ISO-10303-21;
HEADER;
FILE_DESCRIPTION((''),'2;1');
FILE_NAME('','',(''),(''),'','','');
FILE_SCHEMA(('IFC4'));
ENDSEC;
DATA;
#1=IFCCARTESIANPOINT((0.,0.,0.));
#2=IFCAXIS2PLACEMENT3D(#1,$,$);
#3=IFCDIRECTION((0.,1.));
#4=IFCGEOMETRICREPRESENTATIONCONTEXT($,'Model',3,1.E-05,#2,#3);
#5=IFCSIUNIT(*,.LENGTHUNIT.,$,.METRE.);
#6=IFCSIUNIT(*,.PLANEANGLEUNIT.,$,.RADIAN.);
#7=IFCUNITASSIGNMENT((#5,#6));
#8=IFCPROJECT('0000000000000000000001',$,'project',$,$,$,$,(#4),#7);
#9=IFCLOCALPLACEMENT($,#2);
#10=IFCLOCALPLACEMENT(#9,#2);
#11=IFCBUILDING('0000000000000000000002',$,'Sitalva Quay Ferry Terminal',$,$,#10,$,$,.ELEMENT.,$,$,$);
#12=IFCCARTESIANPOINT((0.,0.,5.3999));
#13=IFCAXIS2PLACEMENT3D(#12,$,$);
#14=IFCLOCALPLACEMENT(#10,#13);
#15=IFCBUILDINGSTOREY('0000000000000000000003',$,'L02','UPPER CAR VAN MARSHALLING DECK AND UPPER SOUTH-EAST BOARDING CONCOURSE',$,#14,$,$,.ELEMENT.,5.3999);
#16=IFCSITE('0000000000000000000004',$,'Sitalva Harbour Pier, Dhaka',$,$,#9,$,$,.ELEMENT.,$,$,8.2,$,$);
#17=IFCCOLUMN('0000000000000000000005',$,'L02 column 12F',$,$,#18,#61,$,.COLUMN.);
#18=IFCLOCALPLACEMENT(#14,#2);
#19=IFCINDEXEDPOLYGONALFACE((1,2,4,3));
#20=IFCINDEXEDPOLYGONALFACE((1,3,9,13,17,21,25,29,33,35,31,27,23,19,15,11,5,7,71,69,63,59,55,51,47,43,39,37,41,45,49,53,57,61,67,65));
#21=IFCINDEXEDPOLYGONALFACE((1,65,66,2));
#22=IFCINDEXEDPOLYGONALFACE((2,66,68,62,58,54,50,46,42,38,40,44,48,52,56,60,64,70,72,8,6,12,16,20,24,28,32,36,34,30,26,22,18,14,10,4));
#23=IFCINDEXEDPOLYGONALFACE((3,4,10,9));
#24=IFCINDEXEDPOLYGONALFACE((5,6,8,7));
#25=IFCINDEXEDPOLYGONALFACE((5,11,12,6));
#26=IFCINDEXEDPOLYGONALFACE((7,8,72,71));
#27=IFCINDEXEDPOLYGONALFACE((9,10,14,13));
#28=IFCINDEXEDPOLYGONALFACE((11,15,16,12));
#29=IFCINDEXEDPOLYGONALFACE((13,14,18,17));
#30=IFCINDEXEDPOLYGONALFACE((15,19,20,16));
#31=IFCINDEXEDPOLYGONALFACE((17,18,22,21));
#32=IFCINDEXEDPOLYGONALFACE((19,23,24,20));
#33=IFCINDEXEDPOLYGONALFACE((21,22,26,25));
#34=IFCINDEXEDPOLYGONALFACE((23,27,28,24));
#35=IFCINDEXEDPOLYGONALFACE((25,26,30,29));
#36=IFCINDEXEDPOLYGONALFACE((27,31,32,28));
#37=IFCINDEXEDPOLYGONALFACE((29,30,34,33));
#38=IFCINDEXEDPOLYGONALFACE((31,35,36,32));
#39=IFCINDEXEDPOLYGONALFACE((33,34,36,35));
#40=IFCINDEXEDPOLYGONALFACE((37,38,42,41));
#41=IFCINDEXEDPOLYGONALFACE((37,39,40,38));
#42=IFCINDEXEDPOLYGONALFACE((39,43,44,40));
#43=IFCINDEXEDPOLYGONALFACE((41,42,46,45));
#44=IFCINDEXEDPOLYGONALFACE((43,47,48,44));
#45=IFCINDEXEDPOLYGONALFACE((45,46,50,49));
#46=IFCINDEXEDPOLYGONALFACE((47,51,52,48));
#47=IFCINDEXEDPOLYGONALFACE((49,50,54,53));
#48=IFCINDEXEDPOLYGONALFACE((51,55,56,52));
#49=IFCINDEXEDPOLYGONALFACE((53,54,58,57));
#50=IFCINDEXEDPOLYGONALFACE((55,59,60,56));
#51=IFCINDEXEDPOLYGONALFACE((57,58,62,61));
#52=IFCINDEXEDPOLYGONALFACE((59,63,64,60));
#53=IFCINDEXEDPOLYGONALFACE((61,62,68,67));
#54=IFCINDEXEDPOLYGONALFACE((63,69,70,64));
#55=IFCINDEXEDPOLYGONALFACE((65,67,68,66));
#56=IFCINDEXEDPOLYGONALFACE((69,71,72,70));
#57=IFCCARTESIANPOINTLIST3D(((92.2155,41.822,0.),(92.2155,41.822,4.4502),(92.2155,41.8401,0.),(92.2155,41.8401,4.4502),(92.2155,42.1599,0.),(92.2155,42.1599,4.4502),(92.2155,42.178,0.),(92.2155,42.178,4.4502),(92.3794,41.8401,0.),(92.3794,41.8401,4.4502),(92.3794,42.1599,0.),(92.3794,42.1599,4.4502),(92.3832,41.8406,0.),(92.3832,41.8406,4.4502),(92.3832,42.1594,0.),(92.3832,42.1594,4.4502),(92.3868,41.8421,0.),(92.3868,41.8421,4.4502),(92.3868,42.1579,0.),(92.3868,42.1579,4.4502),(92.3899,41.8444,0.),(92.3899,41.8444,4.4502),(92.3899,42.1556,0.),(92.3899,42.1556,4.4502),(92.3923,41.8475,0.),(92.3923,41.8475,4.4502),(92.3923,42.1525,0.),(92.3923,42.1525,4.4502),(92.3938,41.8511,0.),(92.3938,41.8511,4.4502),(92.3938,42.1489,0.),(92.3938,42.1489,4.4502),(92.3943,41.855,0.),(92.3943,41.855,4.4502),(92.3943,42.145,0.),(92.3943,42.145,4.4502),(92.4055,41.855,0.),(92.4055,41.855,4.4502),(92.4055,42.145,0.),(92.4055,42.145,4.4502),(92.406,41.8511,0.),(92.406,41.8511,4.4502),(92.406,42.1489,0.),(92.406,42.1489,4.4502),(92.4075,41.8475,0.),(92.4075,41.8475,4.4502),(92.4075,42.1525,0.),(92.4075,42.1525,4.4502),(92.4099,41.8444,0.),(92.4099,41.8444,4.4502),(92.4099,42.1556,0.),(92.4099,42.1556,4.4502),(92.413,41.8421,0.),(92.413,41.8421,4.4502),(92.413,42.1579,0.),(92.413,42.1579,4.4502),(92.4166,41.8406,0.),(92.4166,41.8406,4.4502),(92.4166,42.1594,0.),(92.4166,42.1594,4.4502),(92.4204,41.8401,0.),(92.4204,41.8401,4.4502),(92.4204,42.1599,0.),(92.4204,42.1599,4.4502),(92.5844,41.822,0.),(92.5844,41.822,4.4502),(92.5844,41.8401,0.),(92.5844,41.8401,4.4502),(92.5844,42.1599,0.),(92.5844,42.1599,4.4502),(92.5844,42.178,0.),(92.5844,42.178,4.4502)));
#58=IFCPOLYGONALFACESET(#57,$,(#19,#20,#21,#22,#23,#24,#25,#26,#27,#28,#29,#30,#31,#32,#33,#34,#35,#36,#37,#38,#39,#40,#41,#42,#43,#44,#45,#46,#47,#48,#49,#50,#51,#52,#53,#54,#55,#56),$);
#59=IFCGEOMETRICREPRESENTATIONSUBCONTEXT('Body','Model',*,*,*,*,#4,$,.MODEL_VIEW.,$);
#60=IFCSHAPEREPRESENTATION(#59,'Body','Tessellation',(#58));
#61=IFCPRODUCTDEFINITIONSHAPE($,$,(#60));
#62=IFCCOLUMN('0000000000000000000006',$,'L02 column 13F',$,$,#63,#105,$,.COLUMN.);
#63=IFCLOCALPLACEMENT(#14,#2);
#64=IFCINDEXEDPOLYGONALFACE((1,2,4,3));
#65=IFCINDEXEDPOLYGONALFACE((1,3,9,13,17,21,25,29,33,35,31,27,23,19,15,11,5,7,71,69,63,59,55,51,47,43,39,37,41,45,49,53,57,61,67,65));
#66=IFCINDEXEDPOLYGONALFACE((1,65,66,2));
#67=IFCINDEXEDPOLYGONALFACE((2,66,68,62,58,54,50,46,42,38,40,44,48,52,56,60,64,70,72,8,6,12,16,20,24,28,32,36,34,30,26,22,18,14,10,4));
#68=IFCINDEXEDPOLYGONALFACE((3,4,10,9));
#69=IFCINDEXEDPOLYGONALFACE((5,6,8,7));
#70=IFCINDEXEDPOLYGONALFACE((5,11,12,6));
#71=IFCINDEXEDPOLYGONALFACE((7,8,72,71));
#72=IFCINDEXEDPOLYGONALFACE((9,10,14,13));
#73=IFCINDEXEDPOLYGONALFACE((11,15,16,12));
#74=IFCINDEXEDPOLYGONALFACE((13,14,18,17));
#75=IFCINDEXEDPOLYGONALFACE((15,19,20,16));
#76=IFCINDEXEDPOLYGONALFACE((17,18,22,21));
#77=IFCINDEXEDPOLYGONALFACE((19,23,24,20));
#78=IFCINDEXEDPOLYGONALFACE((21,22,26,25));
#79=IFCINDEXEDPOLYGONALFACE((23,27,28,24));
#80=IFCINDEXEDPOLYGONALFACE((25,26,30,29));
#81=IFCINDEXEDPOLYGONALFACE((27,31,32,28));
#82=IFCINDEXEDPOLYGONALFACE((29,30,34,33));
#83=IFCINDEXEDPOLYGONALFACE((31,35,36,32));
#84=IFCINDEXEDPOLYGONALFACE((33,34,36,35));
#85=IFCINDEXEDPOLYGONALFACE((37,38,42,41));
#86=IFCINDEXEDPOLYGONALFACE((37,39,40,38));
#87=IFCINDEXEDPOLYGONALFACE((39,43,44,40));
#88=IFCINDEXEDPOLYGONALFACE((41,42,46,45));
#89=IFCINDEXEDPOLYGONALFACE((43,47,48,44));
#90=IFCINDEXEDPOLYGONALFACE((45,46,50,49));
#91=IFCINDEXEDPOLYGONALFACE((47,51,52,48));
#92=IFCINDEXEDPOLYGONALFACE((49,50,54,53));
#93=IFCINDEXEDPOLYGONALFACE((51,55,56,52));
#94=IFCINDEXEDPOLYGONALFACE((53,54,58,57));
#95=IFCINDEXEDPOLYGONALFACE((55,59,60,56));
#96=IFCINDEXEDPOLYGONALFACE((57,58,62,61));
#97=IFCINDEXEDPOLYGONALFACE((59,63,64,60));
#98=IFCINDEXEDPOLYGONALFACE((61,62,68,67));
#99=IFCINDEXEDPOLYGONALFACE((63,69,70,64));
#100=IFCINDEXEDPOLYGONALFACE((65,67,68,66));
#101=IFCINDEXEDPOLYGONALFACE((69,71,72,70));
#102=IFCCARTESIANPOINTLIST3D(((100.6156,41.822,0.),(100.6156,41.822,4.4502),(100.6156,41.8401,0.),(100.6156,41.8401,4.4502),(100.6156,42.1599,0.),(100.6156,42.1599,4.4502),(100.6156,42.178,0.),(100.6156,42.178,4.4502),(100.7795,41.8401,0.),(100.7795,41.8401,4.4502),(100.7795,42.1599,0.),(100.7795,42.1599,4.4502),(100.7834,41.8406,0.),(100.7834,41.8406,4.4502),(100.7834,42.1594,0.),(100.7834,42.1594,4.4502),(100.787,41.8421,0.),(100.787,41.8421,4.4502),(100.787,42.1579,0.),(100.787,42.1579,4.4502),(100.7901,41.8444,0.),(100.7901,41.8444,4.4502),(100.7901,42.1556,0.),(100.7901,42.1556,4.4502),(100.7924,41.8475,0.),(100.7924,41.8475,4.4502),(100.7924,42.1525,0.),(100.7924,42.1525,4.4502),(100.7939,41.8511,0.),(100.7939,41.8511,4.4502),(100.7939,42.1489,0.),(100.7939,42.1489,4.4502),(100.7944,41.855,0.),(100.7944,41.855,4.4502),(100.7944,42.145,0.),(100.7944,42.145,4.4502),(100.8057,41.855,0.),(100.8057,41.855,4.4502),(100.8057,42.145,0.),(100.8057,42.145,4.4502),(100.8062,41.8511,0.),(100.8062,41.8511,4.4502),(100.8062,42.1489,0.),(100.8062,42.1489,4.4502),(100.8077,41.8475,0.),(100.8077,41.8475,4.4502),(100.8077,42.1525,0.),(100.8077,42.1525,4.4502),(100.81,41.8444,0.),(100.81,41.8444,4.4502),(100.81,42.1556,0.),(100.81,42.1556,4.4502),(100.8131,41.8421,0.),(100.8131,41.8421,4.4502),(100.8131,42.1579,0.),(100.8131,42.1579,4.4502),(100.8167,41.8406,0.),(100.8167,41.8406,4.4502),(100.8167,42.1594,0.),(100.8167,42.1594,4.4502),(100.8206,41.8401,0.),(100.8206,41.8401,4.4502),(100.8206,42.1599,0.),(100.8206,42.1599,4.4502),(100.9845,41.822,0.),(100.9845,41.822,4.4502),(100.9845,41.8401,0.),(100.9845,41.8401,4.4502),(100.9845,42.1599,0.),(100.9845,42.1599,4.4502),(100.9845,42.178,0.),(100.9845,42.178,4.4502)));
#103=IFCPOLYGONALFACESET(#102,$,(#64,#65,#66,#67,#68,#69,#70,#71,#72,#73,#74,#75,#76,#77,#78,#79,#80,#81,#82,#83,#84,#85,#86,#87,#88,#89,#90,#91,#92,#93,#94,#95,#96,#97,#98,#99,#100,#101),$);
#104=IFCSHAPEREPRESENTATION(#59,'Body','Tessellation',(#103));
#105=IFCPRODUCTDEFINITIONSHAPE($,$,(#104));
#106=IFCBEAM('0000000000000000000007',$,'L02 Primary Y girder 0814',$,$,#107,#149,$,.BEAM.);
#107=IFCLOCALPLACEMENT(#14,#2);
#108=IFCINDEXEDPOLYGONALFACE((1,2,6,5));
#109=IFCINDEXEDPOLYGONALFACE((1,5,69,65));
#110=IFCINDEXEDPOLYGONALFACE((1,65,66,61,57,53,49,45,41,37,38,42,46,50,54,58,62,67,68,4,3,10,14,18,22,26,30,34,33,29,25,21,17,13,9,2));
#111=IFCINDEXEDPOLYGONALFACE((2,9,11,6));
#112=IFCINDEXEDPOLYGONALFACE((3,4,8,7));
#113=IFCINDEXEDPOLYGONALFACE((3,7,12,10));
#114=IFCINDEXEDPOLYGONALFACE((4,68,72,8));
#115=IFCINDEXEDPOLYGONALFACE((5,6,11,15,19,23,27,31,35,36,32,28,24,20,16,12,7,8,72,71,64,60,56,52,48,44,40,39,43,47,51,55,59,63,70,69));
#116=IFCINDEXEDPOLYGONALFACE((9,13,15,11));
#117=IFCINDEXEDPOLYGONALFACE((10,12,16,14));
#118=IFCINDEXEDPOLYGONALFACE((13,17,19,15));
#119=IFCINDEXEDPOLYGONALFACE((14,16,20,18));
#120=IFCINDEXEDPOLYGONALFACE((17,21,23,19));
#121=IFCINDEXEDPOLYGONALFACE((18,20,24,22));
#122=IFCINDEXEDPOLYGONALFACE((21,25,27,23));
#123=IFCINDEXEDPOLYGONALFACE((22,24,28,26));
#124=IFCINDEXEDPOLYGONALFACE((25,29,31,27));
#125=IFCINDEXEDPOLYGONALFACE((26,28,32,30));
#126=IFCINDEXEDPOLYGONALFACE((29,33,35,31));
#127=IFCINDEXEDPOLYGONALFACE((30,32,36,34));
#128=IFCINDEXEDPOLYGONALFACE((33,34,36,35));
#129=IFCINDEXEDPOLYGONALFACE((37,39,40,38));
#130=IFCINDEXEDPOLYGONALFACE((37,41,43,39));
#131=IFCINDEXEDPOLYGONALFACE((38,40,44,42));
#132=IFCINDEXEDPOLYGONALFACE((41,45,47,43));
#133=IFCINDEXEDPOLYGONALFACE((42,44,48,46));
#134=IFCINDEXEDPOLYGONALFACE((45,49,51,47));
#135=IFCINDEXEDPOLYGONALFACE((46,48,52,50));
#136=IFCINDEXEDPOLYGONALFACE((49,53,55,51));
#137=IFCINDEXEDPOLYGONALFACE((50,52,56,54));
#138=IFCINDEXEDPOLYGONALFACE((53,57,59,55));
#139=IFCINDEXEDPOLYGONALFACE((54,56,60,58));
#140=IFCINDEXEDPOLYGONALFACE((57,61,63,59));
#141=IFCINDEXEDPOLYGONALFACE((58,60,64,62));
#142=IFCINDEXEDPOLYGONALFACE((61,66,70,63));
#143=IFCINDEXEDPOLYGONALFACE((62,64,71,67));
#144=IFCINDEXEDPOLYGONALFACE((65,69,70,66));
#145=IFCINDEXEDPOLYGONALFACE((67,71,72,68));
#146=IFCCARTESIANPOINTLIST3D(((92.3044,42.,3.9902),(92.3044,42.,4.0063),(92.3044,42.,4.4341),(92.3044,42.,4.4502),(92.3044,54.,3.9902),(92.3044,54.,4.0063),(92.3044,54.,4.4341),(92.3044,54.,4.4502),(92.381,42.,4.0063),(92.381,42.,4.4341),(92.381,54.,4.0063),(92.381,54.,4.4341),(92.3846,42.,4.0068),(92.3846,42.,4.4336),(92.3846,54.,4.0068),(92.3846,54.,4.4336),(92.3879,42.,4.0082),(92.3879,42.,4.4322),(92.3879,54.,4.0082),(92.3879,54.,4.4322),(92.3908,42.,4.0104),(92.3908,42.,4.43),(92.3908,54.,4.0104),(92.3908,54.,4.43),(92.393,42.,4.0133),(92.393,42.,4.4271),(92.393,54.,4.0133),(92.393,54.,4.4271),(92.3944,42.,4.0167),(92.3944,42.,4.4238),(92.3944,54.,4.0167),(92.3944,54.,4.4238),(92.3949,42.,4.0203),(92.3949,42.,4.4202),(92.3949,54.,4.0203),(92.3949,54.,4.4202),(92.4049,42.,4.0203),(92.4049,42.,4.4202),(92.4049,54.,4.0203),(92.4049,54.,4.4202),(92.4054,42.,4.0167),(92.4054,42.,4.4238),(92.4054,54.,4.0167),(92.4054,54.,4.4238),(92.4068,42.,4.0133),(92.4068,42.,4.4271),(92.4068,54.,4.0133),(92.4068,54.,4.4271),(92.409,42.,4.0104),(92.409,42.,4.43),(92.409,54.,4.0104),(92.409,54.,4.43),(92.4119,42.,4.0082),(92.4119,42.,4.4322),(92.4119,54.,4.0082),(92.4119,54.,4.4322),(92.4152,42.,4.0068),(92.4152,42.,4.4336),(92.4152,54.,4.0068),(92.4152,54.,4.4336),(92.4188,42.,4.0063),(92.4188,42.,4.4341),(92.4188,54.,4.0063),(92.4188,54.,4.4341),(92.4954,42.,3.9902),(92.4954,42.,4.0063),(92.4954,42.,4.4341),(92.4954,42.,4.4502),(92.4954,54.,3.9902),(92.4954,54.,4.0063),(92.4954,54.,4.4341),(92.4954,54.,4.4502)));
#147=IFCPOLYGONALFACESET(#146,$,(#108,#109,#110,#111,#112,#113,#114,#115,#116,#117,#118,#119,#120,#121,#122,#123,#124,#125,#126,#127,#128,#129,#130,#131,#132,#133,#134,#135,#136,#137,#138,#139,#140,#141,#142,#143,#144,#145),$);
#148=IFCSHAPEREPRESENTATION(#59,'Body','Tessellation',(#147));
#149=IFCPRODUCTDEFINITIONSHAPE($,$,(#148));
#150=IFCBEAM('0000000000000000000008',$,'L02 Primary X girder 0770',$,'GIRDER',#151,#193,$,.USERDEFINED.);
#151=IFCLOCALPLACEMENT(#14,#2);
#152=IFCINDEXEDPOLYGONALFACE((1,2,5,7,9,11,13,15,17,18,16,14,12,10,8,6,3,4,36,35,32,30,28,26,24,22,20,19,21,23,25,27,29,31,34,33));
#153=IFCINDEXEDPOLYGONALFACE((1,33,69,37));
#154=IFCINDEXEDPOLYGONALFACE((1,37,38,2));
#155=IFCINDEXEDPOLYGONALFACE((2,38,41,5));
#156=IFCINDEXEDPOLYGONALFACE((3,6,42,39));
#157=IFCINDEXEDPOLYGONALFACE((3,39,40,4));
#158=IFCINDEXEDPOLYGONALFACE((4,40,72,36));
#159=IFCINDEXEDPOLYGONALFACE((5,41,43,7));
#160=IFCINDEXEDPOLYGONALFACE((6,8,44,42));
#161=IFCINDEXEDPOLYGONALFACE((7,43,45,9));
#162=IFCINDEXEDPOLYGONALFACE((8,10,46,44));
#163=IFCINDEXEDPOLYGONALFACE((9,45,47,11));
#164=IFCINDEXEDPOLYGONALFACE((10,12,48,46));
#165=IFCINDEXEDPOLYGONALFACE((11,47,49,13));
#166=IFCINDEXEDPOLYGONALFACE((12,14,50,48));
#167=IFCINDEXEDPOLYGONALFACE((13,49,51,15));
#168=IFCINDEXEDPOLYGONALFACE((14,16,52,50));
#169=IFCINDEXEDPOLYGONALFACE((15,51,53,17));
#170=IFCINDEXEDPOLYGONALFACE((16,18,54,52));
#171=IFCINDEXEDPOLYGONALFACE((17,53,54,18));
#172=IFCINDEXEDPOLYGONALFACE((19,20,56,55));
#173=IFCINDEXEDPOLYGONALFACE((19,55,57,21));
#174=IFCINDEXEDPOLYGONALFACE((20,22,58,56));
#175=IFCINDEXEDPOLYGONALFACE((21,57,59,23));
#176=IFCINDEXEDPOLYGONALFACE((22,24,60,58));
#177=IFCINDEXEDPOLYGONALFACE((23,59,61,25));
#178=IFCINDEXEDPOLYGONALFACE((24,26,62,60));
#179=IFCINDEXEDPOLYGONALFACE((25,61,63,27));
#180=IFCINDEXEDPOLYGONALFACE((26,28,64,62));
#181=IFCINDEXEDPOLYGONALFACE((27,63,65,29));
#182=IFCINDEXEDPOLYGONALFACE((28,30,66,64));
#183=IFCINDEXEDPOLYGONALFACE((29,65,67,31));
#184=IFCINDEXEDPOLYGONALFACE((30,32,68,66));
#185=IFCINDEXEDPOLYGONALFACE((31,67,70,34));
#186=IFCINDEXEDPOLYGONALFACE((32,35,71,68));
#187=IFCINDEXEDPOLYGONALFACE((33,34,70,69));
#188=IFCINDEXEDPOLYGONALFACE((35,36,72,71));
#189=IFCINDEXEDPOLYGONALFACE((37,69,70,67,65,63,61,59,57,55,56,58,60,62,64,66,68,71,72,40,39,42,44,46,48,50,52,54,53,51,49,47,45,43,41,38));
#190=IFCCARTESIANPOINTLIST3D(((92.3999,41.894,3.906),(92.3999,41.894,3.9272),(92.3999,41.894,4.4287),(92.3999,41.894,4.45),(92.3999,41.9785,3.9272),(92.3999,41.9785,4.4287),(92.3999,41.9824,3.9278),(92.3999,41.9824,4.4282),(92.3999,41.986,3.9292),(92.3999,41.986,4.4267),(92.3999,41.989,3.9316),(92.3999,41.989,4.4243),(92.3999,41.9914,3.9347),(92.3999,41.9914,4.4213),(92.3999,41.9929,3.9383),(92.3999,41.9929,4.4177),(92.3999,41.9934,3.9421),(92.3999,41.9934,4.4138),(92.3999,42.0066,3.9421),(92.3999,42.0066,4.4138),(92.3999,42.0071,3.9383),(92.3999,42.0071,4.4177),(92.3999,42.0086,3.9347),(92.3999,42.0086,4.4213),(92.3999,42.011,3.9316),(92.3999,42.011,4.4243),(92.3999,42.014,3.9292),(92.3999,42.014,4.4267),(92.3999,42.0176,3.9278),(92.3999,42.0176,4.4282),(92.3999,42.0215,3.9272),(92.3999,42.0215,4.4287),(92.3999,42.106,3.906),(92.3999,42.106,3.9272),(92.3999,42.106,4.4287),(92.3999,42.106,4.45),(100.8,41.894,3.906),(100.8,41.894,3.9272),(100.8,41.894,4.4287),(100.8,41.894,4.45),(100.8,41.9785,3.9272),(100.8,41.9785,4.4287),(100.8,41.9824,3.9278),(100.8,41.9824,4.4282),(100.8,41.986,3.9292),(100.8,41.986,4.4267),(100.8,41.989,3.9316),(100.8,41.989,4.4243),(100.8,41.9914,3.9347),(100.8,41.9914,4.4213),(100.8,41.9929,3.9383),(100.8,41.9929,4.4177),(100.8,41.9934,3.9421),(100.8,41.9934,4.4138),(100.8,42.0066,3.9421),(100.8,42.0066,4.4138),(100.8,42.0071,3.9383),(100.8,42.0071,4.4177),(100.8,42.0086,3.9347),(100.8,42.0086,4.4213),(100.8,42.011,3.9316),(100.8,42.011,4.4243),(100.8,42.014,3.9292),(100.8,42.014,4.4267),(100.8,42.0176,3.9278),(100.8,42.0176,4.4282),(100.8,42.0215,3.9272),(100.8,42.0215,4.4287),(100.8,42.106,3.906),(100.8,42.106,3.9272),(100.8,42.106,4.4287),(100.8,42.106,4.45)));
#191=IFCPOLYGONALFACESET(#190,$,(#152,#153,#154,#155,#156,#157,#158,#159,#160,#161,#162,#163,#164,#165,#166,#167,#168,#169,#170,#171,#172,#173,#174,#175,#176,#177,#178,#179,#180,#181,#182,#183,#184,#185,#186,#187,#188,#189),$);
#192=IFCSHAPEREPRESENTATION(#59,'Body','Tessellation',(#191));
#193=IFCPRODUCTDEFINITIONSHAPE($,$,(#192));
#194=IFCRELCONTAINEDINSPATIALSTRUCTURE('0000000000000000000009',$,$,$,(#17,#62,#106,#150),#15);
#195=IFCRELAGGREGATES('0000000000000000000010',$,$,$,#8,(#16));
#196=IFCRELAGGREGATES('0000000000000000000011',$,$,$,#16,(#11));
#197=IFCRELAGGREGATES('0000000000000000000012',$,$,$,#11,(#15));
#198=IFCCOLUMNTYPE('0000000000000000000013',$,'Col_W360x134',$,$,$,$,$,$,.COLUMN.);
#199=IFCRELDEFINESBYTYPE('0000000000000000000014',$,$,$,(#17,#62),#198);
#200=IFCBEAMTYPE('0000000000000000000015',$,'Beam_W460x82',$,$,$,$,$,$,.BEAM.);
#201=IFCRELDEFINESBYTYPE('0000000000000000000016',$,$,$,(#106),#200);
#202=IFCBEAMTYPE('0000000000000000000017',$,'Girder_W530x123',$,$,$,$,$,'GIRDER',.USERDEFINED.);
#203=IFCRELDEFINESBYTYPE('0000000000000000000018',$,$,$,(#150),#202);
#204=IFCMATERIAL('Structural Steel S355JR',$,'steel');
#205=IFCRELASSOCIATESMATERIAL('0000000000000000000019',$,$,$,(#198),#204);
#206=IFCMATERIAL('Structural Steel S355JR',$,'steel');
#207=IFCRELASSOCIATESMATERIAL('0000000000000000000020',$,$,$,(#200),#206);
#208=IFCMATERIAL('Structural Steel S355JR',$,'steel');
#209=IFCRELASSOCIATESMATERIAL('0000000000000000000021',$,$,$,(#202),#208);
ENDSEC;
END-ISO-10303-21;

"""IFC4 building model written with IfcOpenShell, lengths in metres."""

from ifc_helpers import new_model, si_unit, direction, frame, origin, origin_2d, place, context, subcontext, project, spatial, i_section, extrude, material, material_profile, profile_set, type_object, element, save


model = new_model("IFC4")

# Units and contexts
model_context = context("Model", 3, precision=1e-05, world=origin(), true_north=direction((0.0, 1.0)))
body_context = subcontext(model_context, "Body", "Model", "MODEL_VIEW")
ifc_project = project(units=[si_unit("LENGTHUNIT", "METRE"), si_unit("PLANEANGLEUNIT", "RADIAN")], contexts=[model_context])

# Site, building, storey
site_placement = place(None, origin())
site = spatial("IfcSite", under=ifc_project, at=site_placement, Name="Sitalva Harbour Pier, Dhaka", CompositionType="ELEMENT", RefElevation=8.2)
building_placement = place(site_placement, origin())
building = spatial("IfcBuilding", under=site, at=building_placement, Name="Sitalva Quay Ferry Terminal", CompositionType="ELEMENT")
storey_placement = place(building_placement, frame((0.0, 0.0, 5.3999)))
storey = spatial("IfcBuildingStorey", under=building, at=storey_placement, Name="L02", Description="UPPER CAR VAN MARSHALLING DECK AND UPPER SOUTH-EAST BOARDING CONCOURSE", CompositionType="ELEMENT", Elevation=5.3999)

# Columns
ifc_material_1 = material(Name="Structural Steel S355JR", Category="steel")
ifc_material_profile_1 = material_profile(ifc_material_1, i_section(OverallWidth=0.3689, OverallDepth=0.356, WebThickness=0.0112, FlangeThickness=0.0181, FilletRadius=0.0149, at=origin_2d()), Name="W360x134")
ifc_profile_set_1 = profile_set([ifc_material_profile_1], Name="Structural Steel S355JR")
column_type = type_object("IfcColumnType", Name="Col_W360x134", PredefinedType="COLUMN", material=ifc_profile_set_1)
for number, where, z_axis, x_axis, name in (
    (1, (92.3999, 42.0, 0.0), (0.0, 0.0, 1.0), (1.0, 0.0, 0.0), "L02 column 12F"),
    (2, (100.8, 42.0, 0.0), (0.0, 0.0, 1.0), (1.0, 0.0, 0.0), "L02 column 13F"),
):
    element("IfcColumn", number, at=place(storey_placement, frame(where, z_axis=z_axis, x_axis=x_axis)), inside=storey, type_object=column_type, Name=name, PredefinedType="COLUMN", context=body_context, shape_type="SweptSolid", body=[
        extrude(i_section(OverallWidth=0.3689, OverallDepth=0.356, WebThickness=0.0112, FlangeThickness=0.0181, FilletRadius=0.0149, at=origin_2d()), origin(), (0.0, 0.0, 1.0), 4.4502),
    ])

# Beams
ifc_material_2 = material(Name="Structural Steel S355JR", Category="steel")
ifc_material_profile_2 = material_profile(ifc_material_2, i_section(OverallWidth=0.1909, OverallDepth=0.46, WebThickness=0.01, FlangeThickness=0.0161, FilletRadius=0.0139, at=origin_2d()), Name="W460x82")
ifc_profile_set_2 = profile_set([ifc_material_profile_2], Name="Structural Steel S355JR")
beam_type_1 = type_object("IfcBeamType", Name="Beam_W460x82", PredefinedType="BEAM", material=ifc_profile_set_2)
beam_1_placement = place(storey_placement, frame((92.3999, 42.0, 4.2202), z_axis=(0.0, 1.0, 0.0), x_axis=(-1.0, 0.0, 0.0)))
element("IfcBeam", 3, at=beam_1_placement, inside=storey, type_object=beam_type_1, Name="L02 Primary Y girder 0814", PredefinedType="BEAM", context=body_context, shape_type="SweptSolid", body=[
    extrude(i_section(OverallWidth=0.1909, OverallDepth=0.46, WebThickness=0.01, FlangeThickness=0.0161, FilletRadius=0.0139, at=origin_2d()), origin(), (0.0, 0.0, 1.0), 12.0),
])
ifc_material_3 = material(Name="Structural Steel S355JR", Category="steel")
ifc_material_profile_3 = material_profile(ifc_material_3, i_section(OverallWidth=0.2119, OverallDepth=0.5439, WebThickness=0.0132, FlangeThickness=0.0212, FilletRadius=0.0149, at=origin_2d()), Name="W530x123")
ifc_profile_set_3 = profile_set([ifc_material_profile_3], Name="Structural Steel S355JR")
beam_type_2 = type_object("IfcBeamType", Name="Girder_W530x123", ElementType="GIRDER", PredefinedType="USERDEFINED", material=ifc_profile_set_3)
beam_2_placement = place(storey_placement, frame((92.3999, 42.0, 4.178), z_axis=(1.0, 0.0, 0.0), x_axis=(0.0, 1.0, 0.0)))
element("IfcBeam", 4, at=beam_2_placement, inside=storey, type_object=beam_type_2, Name="L02 Primary X girder 0770", ObjectType="GIRDER", PredefinedType="USERDEFINED", context=body_context, shape_type="SweptSolid", body=[
    extrude(i_section(OverallWidth=0.2119, OverallDepth=0.5439, WebThickness=0.0132, FlangeThickness=0.0212, FilletRadius=0.0149, at=origin_2d()), origin(), (0.0, 0.0, 1.0), 8.4001),
])

save(model, "model.ifc")
